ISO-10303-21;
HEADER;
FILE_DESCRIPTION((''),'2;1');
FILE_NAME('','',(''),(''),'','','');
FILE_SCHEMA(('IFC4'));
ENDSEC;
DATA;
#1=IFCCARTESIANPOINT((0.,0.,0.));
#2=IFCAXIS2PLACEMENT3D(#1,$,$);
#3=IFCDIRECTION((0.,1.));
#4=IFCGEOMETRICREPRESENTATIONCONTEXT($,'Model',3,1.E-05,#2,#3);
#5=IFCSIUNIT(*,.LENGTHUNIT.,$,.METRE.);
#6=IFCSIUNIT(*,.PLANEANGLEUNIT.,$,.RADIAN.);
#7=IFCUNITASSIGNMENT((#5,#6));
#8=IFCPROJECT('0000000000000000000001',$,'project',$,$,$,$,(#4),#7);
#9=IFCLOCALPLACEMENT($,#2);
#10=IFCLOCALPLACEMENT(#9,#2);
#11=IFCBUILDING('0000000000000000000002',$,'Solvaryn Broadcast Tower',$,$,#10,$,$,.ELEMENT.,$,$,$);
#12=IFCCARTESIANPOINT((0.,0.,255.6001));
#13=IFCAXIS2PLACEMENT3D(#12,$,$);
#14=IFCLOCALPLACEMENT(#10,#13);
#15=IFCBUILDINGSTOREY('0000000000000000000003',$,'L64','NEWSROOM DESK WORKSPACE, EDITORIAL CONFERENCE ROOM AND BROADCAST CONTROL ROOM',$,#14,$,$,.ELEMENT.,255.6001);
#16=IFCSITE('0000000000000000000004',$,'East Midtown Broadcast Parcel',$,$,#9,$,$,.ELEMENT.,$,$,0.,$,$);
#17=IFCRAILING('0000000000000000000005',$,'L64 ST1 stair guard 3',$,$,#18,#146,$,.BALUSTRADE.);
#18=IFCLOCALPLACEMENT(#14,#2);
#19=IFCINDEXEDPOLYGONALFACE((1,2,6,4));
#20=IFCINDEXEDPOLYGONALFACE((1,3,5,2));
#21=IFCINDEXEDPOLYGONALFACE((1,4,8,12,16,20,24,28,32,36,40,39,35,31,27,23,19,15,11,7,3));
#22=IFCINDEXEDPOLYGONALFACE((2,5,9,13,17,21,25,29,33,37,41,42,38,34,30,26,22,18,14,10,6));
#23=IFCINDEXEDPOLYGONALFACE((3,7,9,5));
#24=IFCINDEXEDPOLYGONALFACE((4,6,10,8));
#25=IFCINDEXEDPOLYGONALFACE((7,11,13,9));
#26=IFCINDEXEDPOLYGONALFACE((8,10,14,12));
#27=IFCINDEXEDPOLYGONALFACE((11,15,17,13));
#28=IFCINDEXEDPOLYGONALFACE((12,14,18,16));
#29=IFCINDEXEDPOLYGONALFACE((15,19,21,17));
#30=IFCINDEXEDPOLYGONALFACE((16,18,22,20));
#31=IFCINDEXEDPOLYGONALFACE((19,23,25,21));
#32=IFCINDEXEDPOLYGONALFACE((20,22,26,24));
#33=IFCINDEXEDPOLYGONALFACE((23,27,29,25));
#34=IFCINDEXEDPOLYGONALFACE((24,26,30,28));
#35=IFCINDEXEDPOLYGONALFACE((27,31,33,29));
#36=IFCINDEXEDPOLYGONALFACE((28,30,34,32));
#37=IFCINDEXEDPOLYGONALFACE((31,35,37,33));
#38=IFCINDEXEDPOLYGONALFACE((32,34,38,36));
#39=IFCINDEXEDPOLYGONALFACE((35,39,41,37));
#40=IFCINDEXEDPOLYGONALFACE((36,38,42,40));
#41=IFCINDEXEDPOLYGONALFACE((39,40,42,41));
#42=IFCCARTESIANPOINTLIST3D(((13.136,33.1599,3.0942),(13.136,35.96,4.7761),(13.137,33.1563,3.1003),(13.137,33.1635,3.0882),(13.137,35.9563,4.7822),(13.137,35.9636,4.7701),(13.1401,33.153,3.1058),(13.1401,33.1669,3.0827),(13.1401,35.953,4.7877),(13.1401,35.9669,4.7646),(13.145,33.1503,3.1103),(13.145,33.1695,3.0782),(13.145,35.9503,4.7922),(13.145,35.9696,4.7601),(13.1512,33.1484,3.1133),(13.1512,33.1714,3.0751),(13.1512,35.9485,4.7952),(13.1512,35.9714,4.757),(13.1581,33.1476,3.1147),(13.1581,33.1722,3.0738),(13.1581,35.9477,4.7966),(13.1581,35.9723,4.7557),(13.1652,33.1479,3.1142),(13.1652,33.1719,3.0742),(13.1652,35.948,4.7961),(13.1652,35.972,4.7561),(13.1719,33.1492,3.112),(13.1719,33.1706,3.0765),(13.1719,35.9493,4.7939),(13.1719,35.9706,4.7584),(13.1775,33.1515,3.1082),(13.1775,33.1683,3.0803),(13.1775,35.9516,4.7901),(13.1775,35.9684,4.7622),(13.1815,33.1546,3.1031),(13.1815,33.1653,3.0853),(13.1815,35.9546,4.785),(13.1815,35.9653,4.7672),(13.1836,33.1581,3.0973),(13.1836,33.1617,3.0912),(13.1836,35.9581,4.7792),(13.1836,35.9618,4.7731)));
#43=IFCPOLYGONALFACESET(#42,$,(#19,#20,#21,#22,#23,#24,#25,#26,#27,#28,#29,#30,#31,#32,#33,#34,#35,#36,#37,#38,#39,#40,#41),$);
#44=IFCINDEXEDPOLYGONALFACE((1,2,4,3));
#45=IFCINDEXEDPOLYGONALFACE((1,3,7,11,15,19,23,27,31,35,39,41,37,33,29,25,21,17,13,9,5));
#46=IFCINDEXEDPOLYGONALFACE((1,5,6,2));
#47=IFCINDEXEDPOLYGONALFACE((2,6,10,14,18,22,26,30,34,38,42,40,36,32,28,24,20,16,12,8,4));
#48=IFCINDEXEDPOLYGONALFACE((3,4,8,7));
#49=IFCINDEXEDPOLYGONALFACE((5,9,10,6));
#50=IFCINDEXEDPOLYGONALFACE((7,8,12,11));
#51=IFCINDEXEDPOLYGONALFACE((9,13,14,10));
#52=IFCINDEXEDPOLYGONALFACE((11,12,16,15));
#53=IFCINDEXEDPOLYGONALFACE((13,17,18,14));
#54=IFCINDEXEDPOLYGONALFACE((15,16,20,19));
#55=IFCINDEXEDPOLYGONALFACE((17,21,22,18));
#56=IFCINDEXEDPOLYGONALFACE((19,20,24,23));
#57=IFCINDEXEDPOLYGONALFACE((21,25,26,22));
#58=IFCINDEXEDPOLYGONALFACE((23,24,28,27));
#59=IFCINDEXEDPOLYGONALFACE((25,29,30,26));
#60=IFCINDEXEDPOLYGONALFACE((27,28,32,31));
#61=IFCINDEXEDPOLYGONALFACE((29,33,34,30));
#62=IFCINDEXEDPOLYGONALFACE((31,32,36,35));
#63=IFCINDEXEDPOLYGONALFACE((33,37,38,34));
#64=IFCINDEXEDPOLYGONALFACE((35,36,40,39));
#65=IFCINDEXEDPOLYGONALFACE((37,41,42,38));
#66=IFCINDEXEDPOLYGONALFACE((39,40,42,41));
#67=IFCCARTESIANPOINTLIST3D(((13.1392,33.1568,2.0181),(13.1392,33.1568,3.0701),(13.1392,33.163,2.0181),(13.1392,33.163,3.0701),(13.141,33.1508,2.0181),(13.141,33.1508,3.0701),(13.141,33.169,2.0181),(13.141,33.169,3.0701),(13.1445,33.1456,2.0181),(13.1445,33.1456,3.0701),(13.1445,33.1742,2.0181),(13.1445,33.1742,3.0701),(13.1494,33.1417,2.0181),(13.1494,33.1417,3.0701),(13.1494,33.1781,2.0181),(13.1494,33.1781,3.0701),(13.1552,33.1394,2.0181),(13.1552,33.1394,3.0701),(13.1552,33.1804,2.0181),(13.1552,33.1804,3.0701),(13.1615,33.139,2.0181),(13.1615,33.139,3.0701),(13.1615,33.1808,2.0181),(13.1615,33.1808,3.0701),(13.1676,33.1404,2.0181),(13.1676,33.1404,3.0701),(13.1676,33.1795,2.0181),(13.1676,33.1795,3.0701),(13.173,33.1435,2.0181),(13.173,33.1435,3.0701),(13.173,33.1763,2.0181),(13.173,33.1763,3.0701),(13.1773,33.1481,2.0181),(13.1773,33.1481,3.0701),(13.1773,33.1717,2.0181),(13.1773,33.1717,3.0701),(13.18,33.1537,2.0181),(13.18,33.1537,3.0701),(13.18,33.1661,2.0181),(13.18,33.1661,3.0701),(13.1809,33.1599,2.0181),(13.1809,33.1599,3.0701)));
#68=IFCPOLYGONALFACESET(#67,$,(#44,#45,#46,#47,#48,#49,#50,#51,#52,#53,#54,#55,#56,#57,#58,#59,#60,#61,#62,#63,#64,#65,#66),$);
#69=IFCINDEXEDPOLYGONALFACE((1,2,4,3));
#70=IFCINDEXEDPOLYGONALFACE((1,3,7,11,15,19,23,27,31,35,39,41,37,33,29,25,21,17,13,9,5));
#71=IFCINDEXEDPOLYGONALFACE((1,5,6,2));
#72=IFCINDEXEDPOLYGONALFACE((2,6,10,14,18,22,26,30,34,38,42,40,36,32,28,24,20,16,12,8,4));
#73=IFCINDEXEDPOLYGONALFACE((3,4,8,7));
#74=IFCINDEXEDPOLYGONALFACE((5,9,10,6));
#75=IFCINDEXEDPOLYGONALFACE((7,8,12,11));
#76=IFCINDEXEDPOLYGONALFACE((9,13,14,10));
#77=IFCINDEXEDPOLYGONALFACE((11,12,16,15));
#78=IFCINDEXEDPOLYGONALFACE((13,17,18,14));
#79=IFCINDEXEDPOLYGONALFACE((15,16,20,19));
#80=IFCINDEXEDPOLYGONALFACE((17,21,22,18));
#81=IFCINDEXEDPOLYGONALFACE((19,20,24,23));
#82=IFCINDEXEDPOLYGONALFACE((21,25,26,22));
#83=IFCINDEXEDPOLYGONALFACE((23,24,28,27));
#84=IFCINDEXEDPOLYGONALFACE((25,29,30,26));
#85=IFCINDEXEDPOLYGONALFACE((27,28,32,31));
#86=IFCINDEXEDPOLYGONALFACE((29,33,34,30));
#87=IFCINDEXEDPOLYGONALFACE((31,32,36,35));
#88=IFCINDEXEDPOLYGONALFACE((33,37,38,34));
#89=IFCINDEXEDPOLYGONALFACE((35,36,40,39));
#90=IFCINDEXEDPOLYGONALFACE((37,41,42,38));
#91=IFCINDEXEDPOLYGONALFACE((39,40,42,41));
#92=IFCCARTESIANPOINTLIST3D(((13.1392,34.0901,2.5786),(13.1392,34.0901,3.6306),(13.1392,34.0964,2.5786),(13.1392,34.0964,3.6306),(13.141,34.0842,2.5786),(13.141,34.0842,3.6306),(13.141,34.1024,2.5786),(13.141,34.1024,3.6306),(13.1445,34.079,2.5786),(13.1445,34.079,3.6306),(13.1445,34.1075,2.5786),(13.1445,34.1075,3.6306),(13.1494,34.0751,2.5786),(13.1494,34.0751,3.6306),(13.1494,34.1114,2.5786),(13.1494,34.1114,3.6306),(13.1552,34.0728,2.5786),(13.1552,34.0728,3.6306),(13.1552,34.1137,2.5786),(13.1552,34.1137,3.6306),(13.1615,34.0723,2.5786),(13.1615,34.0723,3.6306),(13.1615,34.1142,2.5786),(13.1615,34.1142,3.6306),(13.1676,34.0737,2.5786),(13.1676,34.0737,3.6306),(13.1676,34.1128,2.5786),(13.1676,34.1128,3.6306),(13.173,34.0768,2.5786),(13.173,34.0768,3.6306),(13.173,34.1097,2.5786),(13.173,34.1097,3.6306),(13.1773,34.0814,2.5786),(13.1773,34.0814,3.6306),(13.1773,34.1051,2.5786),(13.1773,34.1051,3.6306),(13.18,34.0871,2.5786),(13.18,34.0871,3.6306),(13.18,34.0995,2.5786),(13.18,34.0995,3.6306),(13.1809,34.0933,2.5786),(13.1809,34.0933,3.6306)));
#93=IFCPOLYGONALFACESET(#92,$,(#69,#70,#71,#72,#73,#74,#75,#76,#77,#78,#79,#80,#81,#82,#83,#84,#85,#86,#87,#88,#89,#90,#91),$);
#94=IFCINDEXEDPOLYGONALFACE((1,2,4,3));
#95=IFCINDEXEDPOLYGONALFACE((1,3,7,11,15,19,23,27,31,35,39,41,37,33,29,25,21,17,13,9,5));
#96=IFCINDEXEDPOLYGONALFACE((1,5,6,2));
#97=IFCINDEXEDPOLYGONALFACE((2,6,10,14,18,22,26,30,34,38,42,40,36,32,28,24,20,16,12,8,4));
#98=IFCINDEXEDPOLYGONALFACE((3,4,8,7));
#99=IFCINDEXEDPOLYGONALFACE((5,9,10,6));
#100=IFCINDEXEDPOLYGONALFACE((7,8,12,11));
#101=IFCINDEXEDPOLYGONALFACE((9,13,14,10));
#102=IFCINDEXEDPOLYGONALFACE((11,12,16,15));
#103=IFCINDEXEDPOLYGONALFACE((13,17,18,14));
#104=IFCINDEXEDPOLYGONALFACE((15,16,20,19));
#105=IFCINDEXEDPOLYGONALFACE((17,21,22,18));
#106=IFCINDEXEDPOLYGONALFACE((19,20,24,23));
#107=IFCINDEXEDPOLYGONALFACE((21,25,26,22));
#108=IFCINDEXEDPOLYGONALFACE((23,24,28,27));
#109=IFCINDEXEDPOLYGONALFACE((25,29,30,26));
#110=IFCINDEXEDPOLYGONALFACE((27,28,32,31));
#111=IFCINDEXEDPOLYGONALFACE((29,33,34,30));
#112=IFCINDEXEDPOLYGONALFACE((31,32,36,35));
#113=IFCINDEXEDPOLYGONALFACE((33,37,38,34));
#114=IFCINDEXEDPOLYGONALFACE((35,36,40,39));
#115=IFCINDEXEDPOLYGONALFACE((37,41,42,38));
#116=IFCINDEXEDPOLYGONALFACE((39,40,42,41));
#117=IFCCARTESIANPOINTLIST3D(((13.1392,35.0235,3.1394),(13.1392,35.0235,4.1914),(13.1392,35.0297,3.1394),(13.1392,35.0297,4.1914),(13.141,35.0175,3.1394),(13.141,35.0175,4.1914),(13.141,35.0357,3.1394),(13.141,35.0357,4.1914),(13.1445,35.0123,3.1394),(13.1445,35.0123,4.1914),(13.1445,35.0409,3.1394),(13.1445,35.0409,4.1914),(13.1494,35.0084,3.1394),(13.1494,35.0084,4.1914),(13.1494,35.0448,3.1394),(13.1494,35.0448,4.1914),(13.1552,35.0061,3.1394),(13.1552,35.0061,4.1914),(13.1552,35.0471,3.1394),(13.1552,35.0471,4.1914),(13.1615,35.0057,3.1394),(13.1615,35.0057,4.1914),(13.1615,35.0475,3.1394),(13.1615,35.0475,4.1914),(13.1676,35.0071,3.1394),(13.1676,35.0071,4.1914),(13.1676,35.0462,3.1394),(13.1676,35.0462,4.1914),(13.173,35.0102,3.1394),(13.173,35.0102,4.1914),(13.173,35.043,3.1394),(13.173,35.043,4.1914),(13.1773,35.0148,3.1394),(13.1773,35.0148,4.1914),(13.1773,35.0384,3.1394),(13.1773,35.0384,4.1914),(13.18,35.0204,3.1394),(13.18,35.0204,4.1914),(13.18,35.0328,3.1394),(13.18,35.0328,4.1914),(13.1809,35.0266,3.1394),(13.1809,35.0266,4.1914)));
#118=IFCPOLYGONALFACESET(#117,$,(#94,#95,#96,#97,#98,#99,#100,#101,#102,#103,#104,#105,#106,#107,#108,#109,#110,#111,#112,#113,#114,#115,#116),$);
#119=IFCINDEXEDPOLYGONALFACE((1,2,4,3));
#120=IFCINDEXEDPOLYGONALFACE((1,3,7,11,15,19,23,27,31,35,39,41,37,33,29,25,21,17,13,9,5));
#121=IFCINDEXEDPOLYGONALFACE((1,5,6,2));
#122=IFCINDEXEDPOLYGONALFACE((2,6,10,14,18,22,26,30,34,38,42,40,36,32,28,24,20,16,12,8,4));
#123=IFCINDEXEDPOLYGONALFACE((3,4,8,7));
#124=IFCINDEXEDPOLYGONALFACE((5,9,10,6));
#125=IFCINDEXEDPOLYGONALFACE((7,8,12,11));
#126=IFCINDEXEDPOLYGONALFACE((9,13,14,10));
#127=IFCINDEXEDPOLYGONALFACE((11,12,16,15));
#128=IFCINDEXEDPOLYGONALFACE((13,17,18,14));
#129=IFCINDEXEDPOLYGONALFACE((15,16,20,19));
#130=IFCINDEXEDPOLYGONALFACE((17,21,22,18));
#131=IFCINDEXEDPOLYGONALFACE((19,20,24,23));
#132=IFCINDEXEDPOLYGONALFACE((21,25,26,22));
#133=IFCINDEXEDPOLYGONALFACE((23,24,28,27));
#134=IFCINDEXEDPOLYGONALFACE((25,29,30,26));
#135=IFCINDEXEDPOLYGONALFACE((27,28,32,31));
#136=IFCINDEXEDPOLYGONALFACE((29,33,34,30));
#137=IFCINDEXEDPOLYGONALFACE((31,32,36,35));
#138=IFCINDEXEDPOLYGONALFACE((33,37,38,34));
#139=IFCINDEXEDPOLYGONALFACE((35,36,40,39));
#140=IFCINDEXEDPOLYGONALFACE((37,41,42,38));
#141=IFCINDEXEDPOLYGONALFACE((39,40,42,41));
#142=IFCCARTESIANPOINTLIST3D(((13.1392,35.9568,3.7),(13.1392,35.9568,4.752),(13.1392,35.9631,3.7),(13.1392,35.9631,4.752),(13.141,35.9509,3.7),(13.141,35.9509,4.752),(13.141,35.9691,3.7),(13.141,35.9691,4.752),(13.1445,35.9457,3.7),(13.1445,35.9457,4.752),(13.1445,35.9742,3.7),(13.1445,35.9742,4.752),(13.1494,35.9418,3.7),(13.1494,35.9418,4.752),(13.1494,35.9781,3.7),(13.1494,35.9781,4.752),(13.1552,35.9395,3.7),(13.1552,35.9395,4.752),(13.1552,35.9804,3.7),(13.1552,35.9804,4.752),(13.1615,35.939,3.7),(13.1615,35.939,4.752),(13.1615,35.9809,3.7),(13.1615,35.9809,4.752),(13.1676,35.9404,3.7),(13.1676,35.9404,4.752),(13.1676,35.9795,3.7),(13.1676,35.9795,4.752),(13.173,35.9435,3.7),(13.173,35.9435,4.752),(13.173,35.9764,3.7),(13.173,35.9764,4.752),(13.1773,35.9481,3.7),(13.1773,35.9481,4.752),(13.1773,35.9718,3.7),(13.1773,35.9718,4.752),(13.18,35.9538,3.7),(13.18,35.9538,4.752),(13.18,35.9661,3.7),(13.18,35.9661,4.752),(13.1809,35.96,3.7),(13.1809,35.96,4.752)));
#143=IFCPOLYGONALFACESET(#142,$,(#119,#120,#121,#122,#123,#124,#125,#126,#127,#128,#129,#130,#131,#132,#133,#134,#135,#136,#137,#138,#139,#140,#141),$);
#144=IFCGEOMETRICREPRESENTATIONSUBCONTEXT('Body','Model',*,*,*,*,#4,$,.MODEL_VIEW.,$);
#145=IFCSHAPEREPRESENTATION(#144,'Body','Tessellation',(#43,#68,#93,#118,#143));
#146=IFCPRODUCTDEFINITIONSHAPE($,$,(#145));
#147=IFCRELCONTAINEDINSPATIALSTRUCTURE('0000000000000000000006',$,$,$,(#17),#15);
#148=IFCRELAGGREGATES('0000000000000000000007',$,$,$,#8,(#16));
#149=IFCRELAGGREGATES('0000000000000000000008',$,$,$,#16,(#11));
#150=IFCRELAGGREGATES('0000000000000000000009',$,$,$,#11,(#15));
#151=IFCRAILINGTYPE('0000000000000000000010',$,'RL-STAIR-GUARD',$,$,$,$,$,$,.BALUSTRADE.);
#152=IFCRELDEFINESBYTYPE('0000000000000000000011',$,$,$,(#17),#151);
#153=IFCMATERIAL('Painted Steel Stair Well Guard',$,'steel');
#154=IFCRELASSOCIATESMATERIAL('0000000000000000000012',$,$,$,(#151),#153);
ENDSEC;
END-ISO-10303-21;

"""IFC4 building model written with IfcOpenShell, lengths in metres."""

from ifc_helpers import new_model, si_unit, direction, frame, origin, origin_2d, place, context, subcontext, project, spatial, circle, extrude, material, type_object, element, save


model = new_model("IFC4")

# Units and contexts
model_context = context("Model", 3, precision=1e-05, world=origin(), true_north=direction((0.0, 1.0)))
body_context = subcontext(model_context, "Body", "Model", "MODEL_VIEW")
ifc_project = project(units=[si_unit("LENGTHUNIT", "METRE"), si_unit("PLANEANGLEUNIT", "RADIAN")], contexts=[model_context])

# Site, building, storey
site_placement = place(None, origin())
site = spatial("IfcSite", under=ifc_project, at=site_placement, Name="East Midtown Broadcast Parcel", CompositionType="ELEMENT", RefElevation=0.0)
building_placement = place(site_placement, origin())
building = spatial("IfcBuilding", under=site, at=building_placement, Name="Solvaryn Broadcast Tower", CompositionType="ELEMENT")
storey_placement = place(building_placement, frame((0.0, 0.0, 255.6001)))
storey = spatial("IfcBuildingStorey", under=building, at=storey_placement, Name="L64", Description="NEWSROOM DESK WORKSPACE, EDITORIAL CONFERENCE ROOM AND BROADCAST CONTROL ROOM", CompositionType="ELEMENT", Elevation=255.6001)

# Railing
ifc_material_1 = material(Name="Painted Steel Stair Well Guard", Category="steel")
railing_type_1 = type_object("IfcRailingType", Name="RL-STAIR-GUARD", PredefinedType="BALUSTRADE", material=ifc_material_1)
railing_1_placement = place(storey_placement, frame((13.1599, 33.1599, 2.0181)))
element("IfcRailing", 1, at=railing_1_placement, inside=storey, type_object=railing_type_1, Name="L64 ST1 stair guard 3", PredefinedType="BALUSTRADE", context=body_context, shape_type="SweptSolid", body=[
    extrude(circle(Radius=0.0239, at=origin_2d()), frame((0.0, 0.0, 1.0762), z_axis=(0.0, 0.857242, 0.514913), x_axis=(-1.0, 0.0, 0.0)), (0.0, 0.0, 1.0), 3.2664),
    extrude(circle(Radius=0.021, at=origin_2d()), origin(), (0.0, 0.0, 1.0), 1.052),
    extrude(circle(Radius=0.021, at=origin_2d()), frame((0.0, 0.9333, 0.5605)), (0.0, 0.0, 1.0), 1.052),
    extrude(circle(Radius=0.021, at=origin_2d()), frame((0.0, 1.8667, 1.1213)), (0.0, 0.0, 1.0), 1.052),
    extrude(circle(Radius=0.021, at=origin_2d()), frame((0.0, 2.8, 1.6819)), (0.0, 0.0, 1.0), 1.052),
])

save(model, "model.ifc")
